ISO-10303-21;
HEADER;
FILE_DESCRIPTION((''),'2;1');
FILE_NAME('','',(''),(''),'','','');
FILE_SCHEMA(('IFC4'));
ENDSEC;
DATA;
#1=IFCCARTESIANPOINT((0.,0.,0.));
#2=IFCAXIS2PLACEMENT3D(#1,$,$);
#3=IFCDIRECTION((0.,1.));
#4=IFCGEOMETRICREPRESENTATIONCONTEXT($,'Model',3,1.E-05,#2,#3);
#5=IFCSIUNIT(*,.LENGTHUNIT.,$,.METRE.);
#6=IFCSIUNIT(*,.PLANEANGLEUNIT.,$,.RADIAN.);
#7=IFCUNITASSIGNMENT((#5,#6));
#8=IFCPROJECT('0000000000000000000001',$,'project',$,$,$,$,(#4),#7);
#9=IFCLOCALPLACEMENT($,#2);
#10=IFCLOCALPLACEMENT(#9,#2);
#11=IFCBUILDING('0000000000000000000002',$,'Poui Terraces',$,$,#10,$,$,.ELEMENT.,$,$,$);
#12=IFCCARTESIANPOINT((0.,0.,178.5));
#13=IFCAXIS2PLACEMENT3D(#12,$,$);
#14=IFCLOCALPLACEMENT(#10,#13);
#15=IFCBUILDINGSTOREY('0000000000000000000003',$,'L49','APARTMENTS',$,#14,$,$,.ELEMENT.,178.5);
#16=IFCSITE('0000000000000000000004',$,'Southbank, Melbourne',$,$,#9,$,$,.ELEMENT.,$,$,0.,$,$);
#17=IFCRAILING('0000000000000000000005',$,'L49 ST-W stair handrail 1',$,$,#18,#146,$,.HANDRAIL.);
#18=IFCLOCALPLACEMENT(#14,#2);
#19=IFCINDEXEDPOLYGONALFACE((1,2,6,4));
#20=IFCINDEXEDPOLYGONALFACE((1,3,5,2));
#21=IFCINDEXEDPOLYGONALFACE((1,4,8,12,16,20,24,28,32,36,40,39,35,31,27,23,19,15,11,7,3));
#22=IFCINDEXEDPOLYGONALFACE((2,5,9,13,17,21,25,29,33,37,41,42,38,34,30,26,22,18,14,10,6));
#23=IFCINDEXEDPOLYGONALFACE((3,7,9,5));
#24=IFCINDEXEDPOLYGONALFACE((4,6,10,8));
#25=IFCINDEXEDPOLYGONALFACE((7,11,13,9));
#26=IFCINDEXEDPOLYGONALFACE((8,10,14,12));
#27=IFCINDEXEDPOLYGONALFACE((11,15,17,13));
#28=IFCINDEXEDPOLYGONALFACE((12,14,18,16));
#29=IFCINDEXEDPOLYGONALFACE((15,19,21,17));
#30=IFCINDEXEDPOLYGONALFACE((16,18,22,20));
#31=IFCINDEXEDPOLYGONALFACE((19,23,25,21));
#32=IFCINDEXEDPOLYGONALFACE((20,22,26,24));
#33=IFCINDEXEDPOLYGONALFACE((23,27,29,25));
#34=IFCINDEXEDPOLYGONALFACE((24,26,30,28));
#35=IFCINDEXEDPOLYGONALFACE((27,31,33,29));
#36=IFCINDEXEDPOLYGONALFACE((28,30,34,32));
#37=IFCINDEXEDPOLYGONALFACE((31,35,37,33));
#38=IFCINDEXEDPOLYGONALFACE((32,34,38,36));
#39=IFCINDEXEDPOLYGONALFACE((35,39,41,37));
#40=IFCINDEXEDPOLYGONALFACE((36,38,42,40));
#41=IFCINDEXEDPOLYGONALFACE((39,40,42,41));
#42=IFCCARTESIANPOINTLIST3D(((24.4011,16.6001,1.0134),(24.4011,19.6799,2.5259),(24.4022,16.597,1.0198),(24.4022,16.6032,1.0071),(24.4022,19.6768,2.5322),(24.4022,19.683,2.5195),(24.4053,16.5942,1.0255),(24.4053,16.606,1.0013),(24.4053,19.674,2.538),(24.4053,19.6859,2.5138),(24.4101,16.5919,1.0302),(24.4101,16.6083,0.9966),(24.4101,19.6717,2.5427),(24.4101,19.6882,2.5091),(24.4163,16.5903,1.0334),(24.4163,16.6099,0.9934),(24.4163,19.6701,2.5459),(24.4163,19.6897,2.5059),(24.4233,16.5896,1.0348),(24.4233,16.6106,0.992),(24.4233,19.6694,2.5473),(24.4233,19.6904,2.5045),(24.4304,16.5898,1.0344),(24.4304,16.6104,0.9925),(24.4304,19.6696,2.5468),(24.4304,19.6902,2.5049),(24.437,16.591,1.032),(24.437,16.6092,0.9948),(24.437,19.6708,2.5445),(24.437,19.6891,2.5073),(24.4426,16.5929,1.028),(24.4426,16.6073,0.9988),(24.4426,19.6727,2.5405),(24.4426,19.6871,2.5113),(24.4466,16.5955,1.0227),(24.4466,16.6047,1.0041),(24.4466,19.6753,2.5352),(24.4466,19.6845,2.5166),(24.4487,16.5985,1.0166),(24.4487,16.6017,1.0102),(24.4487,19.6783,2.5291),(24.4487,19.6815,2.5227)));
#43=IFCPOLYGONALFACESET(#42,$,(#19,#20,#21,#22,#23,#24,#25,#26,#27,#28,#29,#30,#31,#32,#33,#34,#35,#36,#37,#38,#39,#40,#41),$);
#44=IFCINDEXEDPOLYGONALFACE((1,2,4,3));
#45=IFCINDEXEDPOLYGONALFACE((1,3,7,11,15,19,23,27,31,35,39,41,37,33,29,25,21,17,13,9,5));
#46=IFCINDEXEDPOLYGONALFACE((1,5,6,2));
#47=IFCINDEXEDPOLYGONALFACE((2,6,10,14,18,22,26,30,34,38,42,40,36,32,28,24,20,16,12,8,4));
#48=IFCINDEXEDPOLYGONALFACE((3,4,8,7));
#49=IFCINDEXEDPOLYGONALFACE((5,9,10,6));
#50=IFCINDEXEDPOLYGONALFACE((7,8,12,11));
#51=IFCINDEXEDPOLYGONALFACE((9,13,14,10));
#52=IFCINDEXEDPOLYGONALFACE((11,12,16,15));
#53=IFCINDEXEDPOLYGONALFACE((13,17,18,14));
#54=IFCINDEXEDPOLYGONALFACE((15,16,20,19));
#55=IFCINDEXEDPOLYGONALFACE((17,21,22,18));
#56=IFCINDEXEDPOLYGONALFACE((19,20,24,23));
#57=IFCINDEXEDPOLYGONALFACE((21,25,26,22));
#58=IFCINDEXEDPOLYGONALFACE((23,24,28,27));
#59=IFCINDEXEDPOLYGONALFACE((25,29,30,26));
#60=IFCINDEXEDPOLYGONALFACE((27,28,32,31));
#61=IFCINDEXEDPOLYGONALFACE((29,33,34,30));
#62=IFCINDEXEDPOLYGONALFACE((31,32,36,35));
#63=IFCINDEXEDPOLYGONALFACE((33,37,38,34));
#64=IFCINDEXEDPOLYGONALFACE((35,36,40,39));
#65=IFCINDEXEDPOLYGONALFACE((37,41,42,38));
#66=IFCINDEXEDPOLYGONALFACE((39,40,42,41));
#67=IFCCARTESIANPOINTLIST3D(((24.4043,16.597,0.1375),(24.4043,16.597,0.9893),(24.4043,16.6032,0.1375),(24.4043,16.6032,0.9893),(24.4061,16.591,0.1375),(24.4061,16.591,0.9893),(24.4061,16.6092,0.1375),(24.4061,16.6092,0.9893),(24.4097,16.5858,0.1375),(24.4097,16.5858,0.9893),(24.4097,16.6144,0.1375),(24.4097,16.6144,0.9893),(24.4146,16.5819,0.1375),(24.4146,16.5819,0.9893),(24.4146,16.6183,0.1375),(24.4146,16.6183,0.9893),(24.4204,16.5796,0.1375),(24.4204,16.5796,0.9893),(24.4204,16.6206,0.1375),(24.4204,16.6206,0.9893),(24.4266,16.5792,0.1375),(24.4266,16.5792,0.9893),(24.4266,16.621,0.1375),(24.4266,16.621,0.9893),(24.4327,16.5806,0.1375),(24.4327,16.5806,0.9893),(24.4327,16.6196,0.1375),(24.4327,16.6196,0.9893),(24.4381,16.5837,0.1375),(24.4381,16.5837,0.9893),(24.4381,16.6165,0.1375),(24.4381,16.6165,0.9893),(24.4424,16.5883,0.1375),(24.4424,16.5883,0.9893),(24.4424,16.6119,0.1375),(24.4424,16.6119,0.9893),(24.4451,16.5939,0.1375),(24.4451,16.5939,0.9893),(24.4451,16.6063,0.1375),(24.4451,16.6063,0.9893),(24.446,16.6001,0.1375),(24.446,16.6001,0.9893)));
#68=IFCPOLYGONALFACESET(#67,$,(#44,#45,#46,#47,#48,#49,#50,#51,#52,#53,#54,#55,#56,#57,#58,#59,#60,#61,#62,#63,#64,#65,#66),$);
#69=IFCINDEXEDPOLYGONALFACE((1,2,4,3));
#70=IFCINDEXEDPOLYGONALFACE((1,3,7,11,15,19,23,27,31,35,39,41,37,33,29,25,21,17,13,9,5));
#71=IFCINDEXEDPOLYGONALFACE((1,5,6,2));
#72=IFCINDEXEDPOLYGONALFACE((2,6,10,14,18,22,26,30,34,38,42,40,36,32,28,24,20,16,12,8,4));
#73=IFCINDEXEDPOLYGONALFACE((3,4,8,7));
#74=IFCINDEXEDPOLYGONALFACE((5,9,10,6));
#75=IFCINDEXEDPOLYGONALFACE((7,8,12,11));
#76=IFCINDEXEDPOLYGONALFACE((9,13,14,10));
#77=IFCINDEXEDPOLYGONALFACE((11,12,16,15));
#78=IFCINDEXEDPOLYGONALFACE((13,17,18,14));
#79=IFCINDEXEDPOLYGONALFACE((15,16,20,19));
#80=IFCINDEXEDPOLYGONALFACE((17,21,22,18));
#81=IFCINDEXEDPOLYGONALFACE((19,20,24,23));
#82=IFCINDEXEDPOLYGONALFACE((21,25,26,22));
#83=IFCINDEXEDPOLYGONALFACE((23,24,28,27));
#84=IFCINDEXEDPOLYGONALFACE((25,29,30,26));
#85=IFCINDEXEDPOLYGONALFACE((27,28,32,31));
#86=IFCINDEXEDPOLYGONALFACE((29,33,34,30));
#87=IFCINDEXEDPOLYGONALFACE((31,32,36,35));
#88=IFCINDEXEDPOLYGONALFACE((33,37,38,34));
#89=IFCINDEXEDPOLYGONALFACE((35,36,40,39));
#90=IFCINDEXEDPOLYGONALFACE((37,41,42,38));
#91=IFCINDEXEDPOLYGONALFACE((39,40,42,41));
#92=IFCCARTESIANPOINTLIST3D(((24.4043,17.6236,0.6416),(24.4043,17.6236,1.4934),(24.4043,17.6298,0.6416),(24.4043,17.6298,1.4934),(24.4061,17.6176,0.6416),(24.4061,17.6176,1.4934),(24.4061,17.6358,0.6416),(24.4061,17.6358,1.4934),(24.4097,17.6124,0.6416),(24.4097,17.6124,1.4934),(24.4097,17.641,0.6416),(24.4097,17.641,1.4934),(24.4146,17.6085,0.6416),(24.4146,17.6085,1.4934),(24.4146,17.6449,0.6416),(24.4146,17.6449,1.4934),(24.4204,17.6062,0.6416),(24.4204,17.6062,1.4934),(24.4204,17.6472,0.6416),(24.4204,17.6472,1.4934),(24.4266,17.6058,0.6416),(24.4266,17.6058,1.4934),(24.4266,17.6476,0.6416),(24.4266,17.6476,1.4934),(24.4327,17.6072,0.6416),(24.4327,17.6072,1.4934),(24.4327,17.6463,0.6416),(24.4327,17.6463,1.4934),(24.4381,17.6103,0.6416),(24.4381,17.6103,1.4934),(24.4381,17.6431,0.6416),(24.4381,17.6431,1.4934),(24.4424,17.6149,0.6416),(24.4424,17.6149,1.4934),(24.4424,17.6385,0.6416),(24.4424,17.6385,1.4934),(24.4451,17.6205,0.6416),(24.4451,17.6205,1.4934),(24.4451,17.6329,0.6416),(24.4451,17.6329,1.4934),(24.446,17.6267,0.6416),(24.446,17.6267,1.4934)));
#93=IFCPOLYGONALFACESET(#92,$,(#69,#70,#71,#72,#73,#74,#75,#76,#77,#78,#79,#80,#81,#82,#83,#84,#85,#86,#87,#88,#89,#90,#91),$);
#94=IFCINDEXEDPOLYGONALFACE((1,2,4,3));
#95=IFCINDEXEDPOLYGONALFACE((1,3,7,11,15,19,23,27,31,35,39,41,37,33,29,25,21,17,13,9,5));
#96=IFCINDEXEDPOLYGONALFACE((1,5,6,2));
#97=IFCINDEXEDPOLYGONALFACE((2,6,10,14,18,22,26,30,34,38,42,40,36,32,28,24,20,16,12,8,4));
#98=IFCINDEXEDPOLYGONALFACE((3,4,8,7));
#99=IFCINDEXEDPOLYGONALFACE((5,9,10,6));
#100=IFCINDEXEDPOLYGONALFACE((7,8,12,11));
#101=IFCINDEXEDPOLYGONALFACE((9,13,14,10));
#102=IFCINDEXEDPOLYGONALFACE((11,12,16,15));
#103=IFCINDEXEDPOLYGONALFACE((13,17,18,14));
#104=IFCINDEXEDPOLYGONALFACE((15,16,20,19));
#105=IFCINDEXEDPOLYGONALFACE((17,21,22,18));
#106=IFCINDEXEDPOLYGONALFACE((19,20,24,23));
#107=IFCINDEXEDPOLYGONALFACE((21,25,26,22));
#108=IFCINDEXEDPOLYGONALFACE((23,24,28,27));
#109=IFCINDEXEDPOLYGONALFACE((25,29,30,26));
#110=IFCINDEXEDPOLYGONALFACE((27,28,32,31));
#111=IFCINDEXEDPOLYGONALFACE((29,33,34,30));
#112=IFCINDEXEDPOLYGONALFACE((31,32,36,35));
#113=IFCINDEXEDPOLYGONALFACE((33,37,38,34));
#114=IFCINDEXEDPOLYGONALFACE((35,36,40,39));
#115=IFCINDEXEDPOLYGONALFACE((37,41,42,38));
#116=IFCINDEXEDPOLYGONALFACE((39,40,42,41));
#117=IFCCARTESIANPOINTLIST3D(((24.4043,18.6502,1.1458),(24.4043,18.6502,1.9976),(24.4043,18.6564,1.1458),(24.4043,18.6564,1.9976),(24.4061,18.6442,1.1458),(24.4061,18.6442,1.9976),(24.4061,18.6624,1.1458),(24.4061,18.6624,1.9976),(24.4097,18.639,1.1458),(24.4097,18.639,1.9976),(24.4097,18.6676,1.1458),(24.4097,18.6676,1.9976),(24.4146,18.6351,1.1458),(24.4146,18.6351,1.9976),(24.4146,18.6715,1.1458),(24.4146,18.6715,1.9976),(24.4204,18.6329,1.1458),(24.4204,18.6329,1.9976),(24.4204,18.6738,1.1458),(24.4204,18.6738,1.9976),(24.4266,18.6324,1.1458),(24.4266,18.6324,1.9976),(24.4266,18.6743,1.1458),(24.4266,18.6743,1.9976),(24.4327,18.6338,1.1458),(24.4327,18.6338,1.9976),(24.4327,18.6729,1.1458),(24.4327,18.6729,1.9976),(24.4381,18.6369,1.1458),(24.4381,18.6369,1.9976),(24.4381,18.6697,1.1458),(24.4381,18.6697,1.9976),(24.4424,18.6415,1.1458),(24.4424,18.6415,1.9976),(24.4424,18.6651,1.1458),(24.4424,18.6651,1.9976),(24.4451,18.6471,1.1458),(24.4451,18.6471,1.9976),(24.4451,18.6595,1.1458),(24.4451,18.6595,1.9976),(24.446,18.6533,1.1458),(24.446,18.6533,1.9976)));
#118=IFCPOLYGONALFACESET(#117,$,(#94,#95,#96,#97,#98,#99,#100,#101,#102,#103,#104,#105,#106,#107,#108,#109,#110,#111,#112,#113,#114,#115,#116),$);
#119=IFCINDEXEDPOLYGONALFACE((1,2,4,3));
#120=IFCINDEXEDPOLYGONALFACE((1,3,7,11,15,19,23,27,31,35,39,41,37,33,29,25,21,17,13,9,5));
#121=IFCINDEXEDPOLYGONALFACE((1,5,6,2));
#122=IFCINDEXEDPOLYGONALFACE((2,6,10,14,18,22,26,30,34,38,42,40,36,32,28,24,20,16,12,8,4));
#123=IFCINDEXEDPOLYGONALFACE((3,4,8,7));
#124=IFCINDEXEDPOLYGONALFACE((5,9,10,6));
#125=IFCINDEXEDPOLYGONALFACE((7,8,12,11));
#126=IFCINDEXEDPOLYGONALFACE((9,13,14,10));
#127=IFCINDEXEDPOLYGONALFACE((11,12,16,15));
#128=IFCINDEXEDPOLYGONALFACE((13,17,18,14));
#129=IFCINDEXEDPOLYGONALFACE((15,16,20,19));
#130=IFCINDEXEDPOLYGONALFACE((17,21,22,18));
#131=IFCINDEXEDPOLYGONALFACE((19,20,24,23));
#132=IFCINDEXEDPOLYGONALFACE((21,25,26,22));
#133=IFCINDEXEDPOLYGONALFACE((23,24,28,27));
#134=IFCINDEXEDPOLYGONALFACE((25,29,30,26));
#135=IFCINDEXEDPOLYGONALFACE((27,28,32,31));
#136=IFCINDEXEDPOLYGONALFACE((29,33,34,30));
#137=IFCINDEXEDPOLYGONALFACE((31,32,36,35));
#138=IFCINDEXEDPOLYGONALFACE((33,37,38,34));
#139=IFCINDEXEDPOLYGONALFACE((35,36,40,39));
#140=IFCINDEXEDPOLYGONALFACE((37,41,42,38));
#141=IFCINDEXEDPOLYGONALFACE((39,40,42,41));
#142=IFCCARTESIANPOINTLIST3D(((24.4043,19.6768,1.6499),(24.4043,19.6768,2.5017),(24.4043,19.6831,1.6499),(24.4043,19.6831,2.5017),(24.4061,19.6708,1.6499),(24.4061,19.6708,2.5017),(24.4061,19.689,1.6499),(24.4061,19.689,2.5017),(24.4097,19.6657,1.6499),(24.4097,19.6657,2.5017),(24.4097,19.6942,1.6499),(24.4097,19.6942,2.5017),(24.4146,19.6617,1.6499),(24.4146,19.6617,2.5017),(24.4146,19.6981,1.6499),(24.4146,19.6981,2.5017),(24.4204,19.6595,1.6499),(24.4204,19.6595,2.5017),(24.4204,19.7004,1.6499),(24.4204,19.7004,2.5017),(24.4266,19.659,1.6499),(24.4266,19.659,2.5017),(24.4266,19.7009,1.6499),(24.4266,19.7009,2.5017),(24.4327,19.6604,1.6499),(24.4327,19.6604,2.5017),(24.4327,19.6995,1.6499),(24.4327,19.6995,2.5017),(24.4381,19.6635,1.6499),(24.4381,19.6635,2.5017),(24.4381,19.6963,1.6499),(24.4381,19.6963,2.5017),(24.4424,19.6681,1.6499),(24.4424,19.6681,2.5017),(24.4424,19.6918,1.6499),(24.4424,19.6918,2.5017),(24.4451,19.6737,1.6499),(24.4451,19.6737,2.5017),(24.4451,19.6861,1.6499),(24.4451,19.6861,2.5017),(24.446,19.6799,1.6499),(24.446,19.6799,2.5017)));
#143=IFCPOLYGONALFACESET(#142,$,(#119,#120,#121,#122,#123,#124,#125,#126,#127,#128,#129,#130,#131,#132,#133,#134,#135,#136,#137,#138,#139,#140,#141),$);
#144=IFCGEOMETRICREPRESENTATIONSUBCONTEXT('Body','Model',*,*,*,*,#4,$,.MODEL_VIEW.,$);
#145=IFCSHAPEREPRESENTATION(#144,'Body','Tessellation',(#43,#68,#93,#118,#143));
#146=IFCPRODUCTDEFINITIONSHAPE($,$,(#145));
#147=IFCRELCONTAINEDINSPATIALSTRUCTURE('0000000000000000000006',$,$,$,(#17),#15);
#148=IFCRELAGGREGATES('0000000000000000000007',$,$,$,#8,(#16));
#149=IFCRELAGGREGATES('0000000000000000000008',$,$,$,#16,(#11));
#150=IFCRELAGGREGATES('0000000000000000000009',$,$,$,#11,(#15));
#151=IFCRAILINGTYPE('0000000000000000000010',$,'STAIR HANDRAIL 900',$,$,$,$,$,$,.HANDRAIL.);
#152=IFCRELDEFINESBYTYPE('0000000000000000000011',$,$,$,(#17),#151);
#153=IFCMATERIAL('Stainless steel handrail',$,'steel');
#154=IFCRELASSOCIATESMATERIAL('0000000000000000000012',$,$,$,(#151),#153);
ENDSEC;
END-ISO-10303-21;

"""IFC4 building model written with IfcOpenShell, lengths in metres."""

from ifc_helpers import new_model, si_unit, direction, frame, origin, origin_2d, place, context, subcontext, project, spatial, circle, extrude, material, type_object, element, save


model = new_model("IFC4")

# Units and contexts
model_context = context("Model", 3, precision=1e-05, world=origin(), true_north=direction((0.0, 1.0)))
body_context = subcontext(model_context, "Body", "Model", "MODEL_VIEW")
ifc_project = project(units=[si_unit("LENGTHUNIT", "METRE"), si_unit("PLANEANGLEUNIT", "RADIAN")], contexts=[model_context])

# Site, building, storey
site_placement = place(None, origin())
site = spatial("IfcSite", under=ifc_project, at=site_placement, Name="Southbank, Melbourne", CompositionType="ELEMENT", RefElevation=0.0)
building_placement = place(site_placement, origin())
building = spatial("IfcBuilding", under=site, at=building_placement, Name="Poui Terraces", CompositionType="ELEMENT")
storey_placement = place(building_placement, frame((0.0, 0.0, 178.5)))
storey = spatial("IfcBuildingStorey", under=building, at=storey_placement, Name="L49", Description="APARTMENTS", CompositionType="ELEMENT", Elevation=178.5)

# Railing
ifc_material_1 = material(Name="Stainless steel handrail", Category="steel")
railing_type_1 = type_object("IfcRailingType", Name="STAIR HANDRAIL 900", PredefinedType="HANDRAIL", material=ifc_material_1)
railing_1_placement = place(storey_placement, frame((24.425, 16.6001, 0.1375)))
element("IfcRailing", 1, at=railing_1_placement, inside=storey, type_object=railing_type_1, Name="L49 ST-W stair handrail 1", PredefinedType="HANDRAIL", context=body_context, shape_type="SweptSolid", body=[
    extrude(circle(Radius=0.0239, at=origin_2d()), frame((0.0, 0.0, 0.876), z_axis=(0.0, 0.897606, 0.440798), x_axis=(-1.0, 0.0, 0.0)), (0.0, 0.0, 1.0), 3.4312),
    extrude(circle(Radius=0.021, at=origin_2d()), origin(), (0.0, 0.0, 1.0), 0.8518),
    extrude(circle(Radius=0.021, at=origin_2d()), frame((0.0, 1.0266, 0.5042)), (0.0, 0.0, 1.0), 0.8518),
    extrude(circle(Radius=0.021, at=origin_2d()), frame((0.0, 2.0532, 1.0083)), (0.0, 0.0, 1.0), 0.8518),
    extrude(circle(Radius=0.021, at=origin_2d()), frame((0.0, 3.0798, 1.5125)), (0.0, 0.0, 1.0), 0.8518),
])

save(model, "model.ifc")
